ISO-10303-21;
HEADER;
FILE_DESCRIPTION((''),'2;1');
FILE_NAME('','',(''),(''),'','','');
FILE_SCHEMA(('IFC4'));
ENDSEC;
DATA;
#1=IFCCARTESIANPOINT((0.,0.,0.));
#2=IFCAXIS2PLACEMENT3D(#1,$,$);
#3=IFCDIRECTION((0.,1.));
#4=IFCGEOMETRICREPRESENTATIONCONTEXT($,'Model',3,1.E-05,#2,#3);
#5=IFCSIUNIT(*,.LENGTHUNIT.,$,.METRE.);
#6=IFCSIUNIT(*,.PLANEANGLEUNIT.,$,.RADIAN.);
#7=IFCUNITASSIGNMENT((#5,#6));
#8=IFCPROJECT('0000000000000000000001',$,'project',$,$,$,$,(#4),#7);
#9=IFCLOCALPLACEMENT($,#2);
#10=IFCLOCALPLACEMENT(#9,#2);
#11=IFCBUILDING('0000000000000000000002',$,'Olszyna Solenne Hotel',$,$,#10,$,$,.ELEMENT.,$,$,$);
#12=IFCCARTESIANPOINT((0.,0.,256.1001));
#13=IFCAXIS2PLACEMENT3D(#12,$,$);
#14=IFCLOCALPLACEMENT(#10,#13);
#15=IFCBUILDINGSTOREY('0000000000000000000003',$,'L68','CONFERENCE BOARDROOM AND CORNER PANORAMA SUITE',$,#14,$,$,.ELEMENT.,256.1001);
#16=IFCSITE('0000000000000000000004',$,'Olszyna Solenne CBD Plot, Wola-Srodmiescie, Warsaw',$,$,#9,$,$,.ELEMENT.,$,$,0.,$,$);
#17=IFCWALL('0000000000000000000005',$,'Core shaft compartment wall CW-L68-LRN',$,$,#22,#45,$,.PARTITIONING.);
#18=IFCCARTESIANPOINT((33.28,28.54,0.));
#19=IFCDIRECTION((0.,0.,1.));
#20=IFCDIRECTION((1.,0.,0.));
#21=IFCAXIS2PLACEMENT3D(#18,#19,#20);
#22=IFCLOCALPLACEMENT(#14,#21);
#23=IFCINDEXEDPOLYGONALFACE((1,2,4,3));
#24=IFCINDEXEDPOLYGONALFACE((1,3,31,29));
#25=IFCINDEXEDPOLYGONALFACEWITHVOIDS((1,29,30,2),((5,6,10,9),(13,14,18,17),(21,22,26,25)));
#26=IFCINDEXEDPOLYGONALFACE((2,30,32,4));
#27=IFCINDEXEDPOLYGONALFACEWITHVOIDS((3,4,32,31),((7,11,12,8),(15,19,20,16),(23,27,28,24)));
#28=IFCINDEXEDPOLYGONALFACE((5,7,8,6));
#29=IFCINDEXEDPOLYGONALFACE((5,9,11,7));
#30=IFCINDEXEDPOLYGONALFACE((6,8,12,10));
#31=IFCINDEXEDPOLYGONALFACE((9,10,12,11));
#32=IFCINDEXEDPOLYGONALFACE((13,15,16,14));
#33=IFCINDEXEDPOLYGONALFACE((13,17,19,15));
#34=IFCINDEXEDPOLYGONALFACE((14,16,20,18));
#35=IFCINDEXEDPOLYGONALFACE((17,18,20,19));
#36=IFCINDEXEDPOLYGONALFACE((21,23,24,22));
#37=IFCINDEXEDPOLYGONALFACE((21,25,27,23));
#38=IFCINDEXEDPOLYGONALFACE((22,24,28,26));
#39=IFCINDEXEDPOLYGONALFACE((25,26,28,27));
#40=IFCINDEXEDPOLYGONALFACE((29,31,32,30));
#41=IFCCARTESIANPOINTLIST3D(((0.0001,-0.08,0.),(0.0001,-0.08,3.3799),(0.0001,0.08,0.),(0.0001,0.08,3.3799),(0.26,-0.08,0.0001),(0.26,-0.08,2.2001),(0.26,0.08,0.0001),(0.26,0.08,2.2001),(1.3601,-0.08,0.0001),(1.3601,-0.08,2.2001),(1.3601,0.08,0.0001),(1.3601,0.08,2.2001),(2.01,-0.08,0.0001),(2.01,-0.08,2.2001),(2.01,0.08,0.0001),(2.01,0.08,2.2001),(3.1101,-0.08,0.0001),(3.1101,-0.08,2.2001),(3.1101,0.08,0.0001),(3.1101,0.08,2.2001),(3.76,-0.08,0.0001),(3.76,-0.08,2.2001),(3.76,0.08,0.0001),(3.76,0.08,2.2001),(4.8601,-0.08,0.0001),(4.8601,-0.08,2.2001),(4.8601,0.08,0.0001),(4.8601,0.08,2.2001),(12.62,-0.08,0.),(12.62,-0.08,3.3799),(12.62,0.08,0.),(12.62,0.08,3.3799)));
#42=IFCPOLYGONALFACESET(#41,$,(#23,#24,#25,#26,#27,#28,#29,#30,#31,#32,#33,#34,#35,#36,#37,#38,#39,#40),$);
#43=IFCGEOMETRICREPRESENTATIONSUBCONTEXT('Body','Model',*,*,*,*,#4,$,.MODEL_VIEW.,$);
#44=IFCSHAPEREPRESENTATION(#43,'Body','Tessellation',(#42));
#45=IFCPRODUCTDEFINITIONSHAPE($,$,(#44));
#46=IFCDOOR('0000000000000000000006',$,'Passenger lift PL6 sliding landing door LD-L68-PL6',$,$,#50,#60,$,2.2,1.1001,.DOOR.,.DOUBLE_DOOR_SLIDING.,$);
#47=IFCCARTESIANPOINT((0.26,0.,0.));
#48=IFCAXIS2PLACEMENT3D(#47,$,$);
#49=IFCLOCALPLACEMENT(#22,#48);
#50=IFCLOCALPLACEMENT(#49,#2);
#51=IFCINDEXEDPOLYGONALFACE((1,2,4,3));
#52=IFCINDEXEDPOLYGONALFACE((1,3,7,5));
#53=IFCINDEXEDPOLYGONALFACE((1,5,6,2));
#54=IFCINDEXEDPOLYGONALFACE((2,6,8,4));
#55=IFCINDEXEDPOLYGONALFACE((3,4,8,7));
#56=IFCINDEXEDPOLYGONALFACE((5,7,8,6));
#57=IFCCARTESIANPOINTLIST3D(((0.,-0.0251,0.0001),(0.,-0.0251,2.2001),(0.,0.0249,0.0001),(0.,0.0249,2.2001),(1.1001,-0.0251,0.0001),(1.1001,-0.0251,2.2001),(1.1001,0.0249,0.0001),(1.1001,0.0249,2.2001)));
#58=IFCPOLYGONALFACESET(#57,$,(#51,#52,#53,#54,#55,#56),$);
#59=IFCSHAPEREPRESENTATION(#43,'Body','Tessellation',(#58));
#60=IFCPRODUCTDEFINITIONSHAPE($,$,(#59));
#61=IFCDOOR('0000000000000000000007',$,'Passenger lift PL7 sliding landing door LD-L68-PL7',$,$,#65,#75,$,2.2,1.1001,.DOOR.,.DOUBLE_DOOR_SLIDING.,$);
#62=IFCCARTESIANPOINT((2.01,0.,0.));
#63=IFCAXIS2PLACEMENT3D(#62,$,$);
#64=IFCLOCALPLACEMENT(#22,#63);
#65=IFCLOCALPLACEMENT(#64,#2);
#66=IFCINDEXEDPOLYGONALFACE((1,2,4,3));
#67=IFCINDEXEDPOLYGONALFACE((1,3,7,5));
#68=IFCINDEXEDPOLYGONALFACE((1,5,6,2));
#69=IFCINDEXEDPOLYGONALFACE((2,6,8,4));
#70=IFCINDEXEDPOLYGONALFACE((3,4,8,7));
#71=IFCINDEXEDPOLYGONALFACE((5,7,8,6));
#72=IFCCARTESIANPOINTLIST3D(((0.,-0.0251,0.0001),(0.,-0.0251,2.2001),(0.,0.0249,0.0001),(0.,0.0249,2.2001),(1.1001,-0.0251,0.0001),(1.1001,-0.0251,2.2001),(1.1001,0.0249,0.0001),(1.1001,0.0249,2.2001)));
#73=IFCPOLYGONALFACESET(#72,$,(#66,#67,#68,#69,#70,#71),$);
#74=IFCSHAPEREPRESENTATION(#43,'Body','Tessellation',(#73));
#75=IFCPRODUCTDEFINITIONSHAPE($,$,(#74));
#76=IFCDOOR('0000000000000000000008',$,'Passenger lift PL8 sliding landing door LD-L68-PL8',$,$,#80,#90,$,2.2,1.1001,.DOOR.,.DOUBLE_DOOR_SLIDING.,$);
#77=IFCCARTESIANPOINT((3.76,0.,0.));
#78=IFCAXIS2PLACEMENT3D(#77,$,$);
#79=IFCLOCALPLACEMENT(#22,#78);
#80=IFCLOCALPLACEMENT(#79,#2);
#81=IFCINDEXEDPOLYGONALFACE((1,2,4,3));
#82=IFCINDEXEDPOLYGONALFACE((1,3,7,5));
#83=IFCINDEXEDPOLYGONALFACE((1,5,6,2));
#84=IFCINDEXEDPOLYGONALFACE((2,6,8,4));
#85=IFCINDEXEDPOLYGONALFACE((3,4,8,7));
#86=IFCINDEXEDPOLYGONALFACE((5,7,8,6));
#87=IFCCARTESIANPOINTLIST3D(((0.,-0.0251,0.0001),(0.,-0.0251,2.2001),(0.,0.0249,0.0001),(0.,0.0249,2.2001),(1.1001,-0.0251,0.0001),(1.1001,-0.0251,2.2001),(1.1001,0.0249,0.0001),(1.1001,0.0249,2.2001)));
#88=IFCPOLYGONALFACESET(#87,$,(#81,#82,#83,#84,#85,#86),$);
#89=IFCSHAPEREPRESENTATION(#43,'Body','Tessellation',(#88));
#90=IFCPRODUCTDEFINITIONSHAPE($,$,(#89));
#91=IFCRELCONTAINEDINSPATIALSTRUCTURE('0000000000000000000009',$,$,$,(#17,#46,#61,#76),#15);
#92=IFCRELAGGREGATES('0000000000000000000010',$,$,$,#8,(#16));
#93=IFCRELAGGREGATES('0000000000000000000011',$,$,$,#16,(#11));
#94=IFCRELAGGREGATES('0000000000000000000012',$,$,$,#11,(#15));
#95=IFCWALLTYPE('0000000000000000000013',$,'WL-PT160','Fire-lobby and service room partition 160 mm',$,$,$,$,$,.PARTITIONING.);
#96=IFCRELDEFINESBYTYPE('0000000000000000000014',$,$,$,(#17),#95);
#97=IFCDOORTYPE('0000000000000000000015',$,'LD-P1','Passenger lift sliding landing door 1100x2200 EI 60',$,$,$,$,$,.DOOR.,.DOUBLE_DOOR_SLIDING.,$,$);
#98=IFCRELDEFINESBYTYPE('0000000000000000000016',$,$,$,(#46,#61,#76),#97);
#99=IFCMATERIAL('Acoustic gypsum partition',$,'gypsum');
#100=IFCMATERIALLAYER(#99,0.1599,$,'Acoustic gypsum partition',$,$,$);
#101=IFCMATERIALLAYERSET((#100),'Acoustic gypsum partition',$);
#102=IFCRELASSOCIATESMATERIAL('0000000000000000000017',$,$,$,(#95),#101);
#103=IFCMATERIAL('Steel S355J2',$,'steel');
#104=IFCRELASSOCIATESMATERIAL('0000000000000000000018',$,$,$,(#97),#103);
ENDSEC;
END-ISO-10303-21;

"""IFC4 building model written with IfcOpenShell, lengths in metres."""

from ifc_helpers import new_model, si_unit, direction, frame, frame_2d, origin, place, context, subcontext, project, spatial, rectangle, extrude, source, transform, mapped, material, layer, layer_set, type_object, type_shapes, element, fill, save


model = new_model("IFC4")

# Units and contexts
model_context = context("Model", 3, precision=1e-05, world=origin(), true_north=direction((0.0, 1.0)))
body_context = subcontext(model_context, "Body", "Model", "MODEL_VIEW")
ifc_project = project(units=[si_unit("LENGTHUNIT", "METRE"), si_unit("PLANEANGLEUNIT", "RADIAN")], contexts=[model_context])

# Site, building, storey
site_placement = place(None, origin())
site = spatial("IfcSite", under=ifc_project, at=site_placement, Name="Olszyna Solenne CBD Plot, Wola-Srodmiescie, Warsaw", CompositionType="ELEMENT", RefElevation=0.0)
building_placement = place(site_placement, origin())
building = spatial("IfcBuilding", under=site, at=building_placement, Name="Olszyna Solenne Hotel", CompositionType="ELEMENT")
storey_placement = place(building_placement, frame((0.0, 0.0, 256.1001)))
storey = spatial("IfcBuildingStorey", under=building, at=storey_placement, Name="L68", Description="CONFERENCE BOARDROOM AND CORNER PANORAMA SUITE", CompositionType="ELEMENT", Elevation=256.1001)

# Shared definitions
ifc_material_1 = material(Name="Steel S355J2", Category="steel")

# Shared definitions
ifc_material_2 = material(Name="Acoustic gypsum partition", Category="gypsum")
ifc_layer_1 = layer(ifc_material_2, 0.1599, Name="Acoustic gypsum partition")
ifc_layer_set_1 = layer_set([ifc_layer_1], Name="Acoustic gypsum partition")
wall_type_1 = type_object("IfcWallType", Name="WL-PT160", Description="Fire-lobby and service room partition 160 mm", PredefinedType="PARTITIONING", material=ifc_layer_set_1)

# Shared definitions
door_type_1 = type_object("IfcDoorType", Name="LD-P1", Description="Passenger lift sliding landing door 1100x2200 EI 60", OperationType="DOUBLE_DOOR_SLIDING", PredefinedType="DOOR", material=ifc_material_1)
shared_shape_1 = source(origin(), body_context, "Body", "SweptSolid", [
    extrude(rectangle(XDim=1.1001, YDim=2.2, at=frame_2d((0.55, 1.1001))), frame((0.0, 0.0249, 0.0), z_axis=(0.0, -1.0, 0.0), x_axis=(1.0, 0.0, 0.0)), (0.0, 0.0, 1.0), 0.05),
])
type_shapes(door_type_1, [shared_shape_1])

# Wall, openings, doors
wall_1_placement = place(storey_placement, frame((33.28, 28.54, 0.0), z_axis=(0.0, 0.0, 1.0), x_axis=(1.0, 0.0, 0.0)))
wall_1 = element("IfcWall", 1, at=wall_1_placement, inside=storey, type_object=wall_type_1, Name="Core shaft compartment wall CW-L68-LRN", PredefinedType="PARTITIONING", context=body_context, shape_type="SweptSolid", body=[
    extrude(rectangle(XDim=12.6199, YDim=0.1599, at=frame_2d((6.3101, 0.0))), origin(), (0.0, 0.0, 1.0), 3.3799),
])
opening_1_placement = place(wall_1_placement, frame((0.26, 0.0, 0.0)))
opening_1 = element("IfcOpeningElement", 2, at=opening_1_placement, cuts=wall_1, PredefinedType="OPENING", context=body_context, shape_type="SweptSolid", body=[
    extrude(rectangle(XDim=1.1001, YDim=2.2, at=frame_2d((0.55, 1.1001))), frame((0.0, 0.0898, 0.0), z_axis=(0.0, -1.0, 0.0), x_axis=(1.0, 0.0, 0.0)), (0.0, 0.0, 1.0), 0.1799),
])
opening_2_placement = place(wall_1_placement, frame((2.01, 0.0, 0.0)))
opening_2 = element("IfcOpeningElement", 3, at=opening_2_placement, cuts=wall_1, PredefinedType="OPENING", context=body_context, shape_type="SweptSolid", body=[
    extrude(rectangle(XDim=1.1001, YDim=2.2, at=frame_2d((0.55, 1.1001))), frame((0.0, 0.0898, 0.0), z_axis=(0.0, -1.0, 0.0), x_axis=(1.0, 0.0, 0.0)), (0.0, 0.0, 1.0), 0.1799),
])
opening_3_placement = place(wall_1_placement, frame((3.76, 0.0, 0.0)))
opening_3 = element("IfcOpeningElement", 4, at=opening_3_placement, cuts=wall_1, PredefinedType="OPENING", context=body_context, shape_type="SweptSolid", body=[
    extrude(rectangle(XDim=1.1001, YDim=2.2, at=frame_2d((0.55, 1.1001))), frame((0.0, 0.0898, 0.0), z_axis=(0.0, -1.0, 0.0), x_axis=(1.0, 0.0, 0.0)), (0.0, 0.0, 1.0), 0.1799),
])
door_1_placement = place(opening_1_placement, origin())
door_1 = element("IfcDoor", 5, at=door_1_placement, inside=storey, type_object=door_type_1, Name="Passenger lift PL6 sliding landing door LD-L68-PL6", OperationType="DOUBLE_DOOR_SLIDING", OverallHeight=2.2, OverallWidth=1.1001, PredefinedType="DOOR", context=body_context, shape_type="MappedRepresentation", body=[
    mapped(shared_shape_1, transform((0.0, 0.0, 0.0), x_axis=(1.0, 0.0, 0.0), y_axis=(0.0, 1.0, 0.0), z_axis=(0.0, 0.0, 1.0), scale=1.0)),
])
fill(opening_1, door_1)
door_2_placement = place(opening_2_placement, origin())
door_2 = element("IfcDoor", 6, at=door_2_placement, inside=storey, type_object=door_type_1, Name="Passenger lift PL7 sliding landing door LD-L68-PL7", OperationType="DOUBLE_DOOR_SLIDING", OverallHeight=2.2, OverallWidth=1.1001, PredefinedType="DOOR", context=body_context, shape_type="MappedRepresentation", body=[
    mapped(shared_shape_1, transform((0.0, 0.0, 0.0), x_axis=(1.0, 0.0, 0.0), y_axis=(0.0, 1.0, 0.0), z_axis=(0.0, 0.0, 1.0), scale=1.0)),
])
fill(opening_2, door_2)
door_3_placement = place(opening_3_placement, origin())
door_3 = element("IfcDoor", 7, at=door_3_placement, inside=storey, type_object=door_type_1, Name="Passenger lift PL8 sliding landing door LD-L68-PL8", OperationType="DOUBLE_DOOR_SLIDING", OverallHeight=2.2, OverallWidth=1.1001, PredefinedType="DOOR", context=body_context, shape_type="MappedRepresentation", body=[
    mapped(shared_shape_1, transform((0.0, 0.0, 0.0), x_axis=(1.0, 0.0, 0.0), y_axis=(0.0, 1.0, 0.0), z_axis=(0.0, 0.0, 1.0), scale=1.0)),
])
fill(opening_3, door_3)

save(model, "model.ifc")
